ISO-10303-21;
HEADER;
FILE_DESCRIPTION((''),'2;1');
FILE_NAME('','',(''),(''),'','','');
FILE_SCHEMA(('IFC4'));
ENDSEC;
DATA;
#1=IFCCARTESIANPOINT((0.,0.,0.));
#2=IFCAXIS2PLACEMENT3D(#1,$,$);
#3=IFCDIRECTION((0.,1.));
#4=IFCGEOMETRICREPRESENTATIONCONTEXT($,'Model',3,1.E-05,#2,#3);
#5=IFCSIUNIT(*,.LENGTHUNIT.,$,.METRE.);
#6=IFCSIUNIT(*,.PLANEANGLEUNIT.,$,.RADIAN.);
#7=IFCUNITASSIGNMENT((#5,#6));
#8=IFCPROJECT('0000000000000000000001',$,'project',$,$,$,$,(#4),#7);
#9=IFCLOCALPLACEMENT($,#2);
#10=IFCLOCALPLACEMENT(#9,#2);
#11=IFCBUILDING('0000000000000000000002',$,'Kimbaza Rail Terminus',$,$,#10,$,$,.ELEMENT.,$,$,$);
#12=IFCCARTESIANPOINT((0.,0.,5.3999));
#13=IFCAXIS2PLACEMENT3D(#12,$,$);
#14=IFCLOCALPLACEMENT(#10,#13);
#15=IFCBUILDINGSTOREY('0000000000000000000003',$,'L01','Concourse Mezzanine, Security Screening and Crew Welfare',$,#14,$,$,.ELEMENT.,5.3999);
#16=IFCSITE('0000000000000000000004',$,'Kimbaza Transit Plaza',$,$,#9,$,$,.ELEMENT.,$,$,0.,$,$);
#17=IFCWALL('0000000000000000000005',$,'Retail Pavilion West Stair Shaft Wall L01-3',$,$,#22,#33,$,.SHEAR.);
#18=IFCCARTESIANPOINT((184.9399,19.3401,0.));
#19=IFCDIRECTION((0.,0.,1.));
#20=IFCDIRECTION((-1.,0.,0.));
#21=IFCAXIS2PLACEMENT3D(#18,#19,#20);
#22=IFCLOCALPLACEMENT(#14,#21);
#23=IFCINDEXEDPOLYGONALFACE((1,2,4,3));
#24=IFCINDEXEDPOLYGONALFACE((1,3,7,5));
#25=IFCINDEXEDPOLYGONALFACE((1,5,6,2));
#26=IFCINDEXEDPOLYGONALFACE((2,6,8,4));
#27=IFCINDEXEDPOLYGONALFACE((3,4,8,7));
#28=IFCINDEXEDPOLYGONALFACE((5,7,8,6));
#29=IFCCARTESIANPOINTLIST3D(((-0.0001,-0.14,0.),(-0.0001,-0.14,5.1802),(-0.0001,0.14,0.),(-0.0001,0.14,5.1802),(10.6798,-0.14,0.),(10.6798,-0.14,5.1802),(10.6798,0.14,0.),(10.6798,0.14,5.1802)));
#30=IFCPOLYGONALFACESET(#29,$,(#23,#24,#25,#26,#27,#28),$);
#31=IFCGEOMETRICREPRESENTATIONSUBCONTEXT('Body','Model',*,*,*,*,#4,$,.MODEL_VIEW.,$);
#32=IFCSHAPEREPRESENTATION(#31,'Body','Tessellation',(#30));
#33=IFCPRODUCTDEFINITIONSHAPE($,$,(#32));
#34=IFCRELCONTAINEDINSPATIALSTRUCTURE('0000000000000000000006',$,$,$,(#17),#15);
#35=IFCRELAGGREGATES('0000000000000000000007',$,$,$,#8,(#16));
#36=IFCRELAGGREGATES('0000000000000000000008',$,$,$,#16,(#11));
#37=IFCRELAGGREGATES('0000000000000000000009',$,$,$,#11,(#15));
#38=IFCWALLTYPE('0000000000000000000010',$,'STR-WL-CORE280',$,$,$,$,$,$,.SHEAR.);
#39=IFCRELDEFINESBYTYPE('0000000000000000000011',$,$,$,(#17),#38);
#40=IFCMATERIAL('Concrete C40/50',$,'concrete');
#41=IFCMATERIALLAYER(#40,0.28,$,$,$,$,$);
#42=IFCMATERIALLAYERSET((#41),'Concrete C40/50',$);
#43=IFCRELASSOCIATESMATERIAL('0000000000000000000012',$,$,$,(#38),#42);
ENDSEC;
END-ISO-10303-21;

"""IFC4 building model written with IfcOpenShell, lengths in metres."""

from ifc_helpers import new_model, si_unit, direction, frame, frame_2d, origin, place, context, subcontext, project, spatial, rectangle, extrude, material, layer, layer_set, type_object, element, save


model = new_model("IFC4")

# Units and contexts
model_context = context("Model", 3, precision=1e-05, world=origin(), true_north=direction((0.0, 1.0)))
body_context = subcontext(model_context, "Body", "Model", "MODEL_VIEW")
ifc_project = project(units=[si_unit("LENGTHUNIT", "METRE"), si_unit("PLANEANGLEUNIT", "RADIAN")], contexts=[model_context])

# Site, building, storey
site_placement = place(None, origin())
site = spatial("IfcSite", under=ifc_project, at=site_placement, Name="Kimbaza Transit Plaza", CompositionType="ELEMENT", RefElevation=0.0)
building_placement = place(site_placement, origin())
building = spatial("IfcBuilding", under=site, at=building_placement, Name="Kimbaza Rail Terminus", CompositionType="ELEMENT")
storey_placement = place(building_placement, frame((0.0, 0.0, 5.3999)))
storey = spatial("IfcBuildingStorey", under=building, at=storey_placement, Name="L01", Description="Concourse Mezzanine, Security Screening and Crew Welfare", CompositionType="ELEMENT", Elevation=5.3999)

# Wall
ifc_material_1 = material(Name="Concrete C40/50", Category="concrete")
ifc_layer_1 = layer(ifc_material_1, 0.28)
ifc_layer_set_1 = layer_set([ifc_layer_1], Name="Concrete C40/50")
wall_type_1 = type_object("IfcWallType", Name="STR-WL-CORE280", PredefinedType="SHEAR", material=ifc_layer_set_1)
wall_1_placement = place(storey_placement, frame((184.9399, 19.3401, 0.0), z_axis=(0.0, 0.0, 1.0), x_axis=(-1.0, 0.0, 0.0)))
element("IfcWall", 1, at=wall_1_placement, inside=storey, type_object=wall_type_1, Name="Retail Pavilion West Stair Shaft Wall L01-3", PredefinedType="SHEAR", context=body_context, shape_type="SweptSolid", body=[
    extrude(rectangle(XDim=10.6799, YDim=0.28, at=frame_2d((5.3398, 0.0))), origin(), (0.0, 0.0, 1.0), 5.1802),
])

save(model, "model.ifc")
